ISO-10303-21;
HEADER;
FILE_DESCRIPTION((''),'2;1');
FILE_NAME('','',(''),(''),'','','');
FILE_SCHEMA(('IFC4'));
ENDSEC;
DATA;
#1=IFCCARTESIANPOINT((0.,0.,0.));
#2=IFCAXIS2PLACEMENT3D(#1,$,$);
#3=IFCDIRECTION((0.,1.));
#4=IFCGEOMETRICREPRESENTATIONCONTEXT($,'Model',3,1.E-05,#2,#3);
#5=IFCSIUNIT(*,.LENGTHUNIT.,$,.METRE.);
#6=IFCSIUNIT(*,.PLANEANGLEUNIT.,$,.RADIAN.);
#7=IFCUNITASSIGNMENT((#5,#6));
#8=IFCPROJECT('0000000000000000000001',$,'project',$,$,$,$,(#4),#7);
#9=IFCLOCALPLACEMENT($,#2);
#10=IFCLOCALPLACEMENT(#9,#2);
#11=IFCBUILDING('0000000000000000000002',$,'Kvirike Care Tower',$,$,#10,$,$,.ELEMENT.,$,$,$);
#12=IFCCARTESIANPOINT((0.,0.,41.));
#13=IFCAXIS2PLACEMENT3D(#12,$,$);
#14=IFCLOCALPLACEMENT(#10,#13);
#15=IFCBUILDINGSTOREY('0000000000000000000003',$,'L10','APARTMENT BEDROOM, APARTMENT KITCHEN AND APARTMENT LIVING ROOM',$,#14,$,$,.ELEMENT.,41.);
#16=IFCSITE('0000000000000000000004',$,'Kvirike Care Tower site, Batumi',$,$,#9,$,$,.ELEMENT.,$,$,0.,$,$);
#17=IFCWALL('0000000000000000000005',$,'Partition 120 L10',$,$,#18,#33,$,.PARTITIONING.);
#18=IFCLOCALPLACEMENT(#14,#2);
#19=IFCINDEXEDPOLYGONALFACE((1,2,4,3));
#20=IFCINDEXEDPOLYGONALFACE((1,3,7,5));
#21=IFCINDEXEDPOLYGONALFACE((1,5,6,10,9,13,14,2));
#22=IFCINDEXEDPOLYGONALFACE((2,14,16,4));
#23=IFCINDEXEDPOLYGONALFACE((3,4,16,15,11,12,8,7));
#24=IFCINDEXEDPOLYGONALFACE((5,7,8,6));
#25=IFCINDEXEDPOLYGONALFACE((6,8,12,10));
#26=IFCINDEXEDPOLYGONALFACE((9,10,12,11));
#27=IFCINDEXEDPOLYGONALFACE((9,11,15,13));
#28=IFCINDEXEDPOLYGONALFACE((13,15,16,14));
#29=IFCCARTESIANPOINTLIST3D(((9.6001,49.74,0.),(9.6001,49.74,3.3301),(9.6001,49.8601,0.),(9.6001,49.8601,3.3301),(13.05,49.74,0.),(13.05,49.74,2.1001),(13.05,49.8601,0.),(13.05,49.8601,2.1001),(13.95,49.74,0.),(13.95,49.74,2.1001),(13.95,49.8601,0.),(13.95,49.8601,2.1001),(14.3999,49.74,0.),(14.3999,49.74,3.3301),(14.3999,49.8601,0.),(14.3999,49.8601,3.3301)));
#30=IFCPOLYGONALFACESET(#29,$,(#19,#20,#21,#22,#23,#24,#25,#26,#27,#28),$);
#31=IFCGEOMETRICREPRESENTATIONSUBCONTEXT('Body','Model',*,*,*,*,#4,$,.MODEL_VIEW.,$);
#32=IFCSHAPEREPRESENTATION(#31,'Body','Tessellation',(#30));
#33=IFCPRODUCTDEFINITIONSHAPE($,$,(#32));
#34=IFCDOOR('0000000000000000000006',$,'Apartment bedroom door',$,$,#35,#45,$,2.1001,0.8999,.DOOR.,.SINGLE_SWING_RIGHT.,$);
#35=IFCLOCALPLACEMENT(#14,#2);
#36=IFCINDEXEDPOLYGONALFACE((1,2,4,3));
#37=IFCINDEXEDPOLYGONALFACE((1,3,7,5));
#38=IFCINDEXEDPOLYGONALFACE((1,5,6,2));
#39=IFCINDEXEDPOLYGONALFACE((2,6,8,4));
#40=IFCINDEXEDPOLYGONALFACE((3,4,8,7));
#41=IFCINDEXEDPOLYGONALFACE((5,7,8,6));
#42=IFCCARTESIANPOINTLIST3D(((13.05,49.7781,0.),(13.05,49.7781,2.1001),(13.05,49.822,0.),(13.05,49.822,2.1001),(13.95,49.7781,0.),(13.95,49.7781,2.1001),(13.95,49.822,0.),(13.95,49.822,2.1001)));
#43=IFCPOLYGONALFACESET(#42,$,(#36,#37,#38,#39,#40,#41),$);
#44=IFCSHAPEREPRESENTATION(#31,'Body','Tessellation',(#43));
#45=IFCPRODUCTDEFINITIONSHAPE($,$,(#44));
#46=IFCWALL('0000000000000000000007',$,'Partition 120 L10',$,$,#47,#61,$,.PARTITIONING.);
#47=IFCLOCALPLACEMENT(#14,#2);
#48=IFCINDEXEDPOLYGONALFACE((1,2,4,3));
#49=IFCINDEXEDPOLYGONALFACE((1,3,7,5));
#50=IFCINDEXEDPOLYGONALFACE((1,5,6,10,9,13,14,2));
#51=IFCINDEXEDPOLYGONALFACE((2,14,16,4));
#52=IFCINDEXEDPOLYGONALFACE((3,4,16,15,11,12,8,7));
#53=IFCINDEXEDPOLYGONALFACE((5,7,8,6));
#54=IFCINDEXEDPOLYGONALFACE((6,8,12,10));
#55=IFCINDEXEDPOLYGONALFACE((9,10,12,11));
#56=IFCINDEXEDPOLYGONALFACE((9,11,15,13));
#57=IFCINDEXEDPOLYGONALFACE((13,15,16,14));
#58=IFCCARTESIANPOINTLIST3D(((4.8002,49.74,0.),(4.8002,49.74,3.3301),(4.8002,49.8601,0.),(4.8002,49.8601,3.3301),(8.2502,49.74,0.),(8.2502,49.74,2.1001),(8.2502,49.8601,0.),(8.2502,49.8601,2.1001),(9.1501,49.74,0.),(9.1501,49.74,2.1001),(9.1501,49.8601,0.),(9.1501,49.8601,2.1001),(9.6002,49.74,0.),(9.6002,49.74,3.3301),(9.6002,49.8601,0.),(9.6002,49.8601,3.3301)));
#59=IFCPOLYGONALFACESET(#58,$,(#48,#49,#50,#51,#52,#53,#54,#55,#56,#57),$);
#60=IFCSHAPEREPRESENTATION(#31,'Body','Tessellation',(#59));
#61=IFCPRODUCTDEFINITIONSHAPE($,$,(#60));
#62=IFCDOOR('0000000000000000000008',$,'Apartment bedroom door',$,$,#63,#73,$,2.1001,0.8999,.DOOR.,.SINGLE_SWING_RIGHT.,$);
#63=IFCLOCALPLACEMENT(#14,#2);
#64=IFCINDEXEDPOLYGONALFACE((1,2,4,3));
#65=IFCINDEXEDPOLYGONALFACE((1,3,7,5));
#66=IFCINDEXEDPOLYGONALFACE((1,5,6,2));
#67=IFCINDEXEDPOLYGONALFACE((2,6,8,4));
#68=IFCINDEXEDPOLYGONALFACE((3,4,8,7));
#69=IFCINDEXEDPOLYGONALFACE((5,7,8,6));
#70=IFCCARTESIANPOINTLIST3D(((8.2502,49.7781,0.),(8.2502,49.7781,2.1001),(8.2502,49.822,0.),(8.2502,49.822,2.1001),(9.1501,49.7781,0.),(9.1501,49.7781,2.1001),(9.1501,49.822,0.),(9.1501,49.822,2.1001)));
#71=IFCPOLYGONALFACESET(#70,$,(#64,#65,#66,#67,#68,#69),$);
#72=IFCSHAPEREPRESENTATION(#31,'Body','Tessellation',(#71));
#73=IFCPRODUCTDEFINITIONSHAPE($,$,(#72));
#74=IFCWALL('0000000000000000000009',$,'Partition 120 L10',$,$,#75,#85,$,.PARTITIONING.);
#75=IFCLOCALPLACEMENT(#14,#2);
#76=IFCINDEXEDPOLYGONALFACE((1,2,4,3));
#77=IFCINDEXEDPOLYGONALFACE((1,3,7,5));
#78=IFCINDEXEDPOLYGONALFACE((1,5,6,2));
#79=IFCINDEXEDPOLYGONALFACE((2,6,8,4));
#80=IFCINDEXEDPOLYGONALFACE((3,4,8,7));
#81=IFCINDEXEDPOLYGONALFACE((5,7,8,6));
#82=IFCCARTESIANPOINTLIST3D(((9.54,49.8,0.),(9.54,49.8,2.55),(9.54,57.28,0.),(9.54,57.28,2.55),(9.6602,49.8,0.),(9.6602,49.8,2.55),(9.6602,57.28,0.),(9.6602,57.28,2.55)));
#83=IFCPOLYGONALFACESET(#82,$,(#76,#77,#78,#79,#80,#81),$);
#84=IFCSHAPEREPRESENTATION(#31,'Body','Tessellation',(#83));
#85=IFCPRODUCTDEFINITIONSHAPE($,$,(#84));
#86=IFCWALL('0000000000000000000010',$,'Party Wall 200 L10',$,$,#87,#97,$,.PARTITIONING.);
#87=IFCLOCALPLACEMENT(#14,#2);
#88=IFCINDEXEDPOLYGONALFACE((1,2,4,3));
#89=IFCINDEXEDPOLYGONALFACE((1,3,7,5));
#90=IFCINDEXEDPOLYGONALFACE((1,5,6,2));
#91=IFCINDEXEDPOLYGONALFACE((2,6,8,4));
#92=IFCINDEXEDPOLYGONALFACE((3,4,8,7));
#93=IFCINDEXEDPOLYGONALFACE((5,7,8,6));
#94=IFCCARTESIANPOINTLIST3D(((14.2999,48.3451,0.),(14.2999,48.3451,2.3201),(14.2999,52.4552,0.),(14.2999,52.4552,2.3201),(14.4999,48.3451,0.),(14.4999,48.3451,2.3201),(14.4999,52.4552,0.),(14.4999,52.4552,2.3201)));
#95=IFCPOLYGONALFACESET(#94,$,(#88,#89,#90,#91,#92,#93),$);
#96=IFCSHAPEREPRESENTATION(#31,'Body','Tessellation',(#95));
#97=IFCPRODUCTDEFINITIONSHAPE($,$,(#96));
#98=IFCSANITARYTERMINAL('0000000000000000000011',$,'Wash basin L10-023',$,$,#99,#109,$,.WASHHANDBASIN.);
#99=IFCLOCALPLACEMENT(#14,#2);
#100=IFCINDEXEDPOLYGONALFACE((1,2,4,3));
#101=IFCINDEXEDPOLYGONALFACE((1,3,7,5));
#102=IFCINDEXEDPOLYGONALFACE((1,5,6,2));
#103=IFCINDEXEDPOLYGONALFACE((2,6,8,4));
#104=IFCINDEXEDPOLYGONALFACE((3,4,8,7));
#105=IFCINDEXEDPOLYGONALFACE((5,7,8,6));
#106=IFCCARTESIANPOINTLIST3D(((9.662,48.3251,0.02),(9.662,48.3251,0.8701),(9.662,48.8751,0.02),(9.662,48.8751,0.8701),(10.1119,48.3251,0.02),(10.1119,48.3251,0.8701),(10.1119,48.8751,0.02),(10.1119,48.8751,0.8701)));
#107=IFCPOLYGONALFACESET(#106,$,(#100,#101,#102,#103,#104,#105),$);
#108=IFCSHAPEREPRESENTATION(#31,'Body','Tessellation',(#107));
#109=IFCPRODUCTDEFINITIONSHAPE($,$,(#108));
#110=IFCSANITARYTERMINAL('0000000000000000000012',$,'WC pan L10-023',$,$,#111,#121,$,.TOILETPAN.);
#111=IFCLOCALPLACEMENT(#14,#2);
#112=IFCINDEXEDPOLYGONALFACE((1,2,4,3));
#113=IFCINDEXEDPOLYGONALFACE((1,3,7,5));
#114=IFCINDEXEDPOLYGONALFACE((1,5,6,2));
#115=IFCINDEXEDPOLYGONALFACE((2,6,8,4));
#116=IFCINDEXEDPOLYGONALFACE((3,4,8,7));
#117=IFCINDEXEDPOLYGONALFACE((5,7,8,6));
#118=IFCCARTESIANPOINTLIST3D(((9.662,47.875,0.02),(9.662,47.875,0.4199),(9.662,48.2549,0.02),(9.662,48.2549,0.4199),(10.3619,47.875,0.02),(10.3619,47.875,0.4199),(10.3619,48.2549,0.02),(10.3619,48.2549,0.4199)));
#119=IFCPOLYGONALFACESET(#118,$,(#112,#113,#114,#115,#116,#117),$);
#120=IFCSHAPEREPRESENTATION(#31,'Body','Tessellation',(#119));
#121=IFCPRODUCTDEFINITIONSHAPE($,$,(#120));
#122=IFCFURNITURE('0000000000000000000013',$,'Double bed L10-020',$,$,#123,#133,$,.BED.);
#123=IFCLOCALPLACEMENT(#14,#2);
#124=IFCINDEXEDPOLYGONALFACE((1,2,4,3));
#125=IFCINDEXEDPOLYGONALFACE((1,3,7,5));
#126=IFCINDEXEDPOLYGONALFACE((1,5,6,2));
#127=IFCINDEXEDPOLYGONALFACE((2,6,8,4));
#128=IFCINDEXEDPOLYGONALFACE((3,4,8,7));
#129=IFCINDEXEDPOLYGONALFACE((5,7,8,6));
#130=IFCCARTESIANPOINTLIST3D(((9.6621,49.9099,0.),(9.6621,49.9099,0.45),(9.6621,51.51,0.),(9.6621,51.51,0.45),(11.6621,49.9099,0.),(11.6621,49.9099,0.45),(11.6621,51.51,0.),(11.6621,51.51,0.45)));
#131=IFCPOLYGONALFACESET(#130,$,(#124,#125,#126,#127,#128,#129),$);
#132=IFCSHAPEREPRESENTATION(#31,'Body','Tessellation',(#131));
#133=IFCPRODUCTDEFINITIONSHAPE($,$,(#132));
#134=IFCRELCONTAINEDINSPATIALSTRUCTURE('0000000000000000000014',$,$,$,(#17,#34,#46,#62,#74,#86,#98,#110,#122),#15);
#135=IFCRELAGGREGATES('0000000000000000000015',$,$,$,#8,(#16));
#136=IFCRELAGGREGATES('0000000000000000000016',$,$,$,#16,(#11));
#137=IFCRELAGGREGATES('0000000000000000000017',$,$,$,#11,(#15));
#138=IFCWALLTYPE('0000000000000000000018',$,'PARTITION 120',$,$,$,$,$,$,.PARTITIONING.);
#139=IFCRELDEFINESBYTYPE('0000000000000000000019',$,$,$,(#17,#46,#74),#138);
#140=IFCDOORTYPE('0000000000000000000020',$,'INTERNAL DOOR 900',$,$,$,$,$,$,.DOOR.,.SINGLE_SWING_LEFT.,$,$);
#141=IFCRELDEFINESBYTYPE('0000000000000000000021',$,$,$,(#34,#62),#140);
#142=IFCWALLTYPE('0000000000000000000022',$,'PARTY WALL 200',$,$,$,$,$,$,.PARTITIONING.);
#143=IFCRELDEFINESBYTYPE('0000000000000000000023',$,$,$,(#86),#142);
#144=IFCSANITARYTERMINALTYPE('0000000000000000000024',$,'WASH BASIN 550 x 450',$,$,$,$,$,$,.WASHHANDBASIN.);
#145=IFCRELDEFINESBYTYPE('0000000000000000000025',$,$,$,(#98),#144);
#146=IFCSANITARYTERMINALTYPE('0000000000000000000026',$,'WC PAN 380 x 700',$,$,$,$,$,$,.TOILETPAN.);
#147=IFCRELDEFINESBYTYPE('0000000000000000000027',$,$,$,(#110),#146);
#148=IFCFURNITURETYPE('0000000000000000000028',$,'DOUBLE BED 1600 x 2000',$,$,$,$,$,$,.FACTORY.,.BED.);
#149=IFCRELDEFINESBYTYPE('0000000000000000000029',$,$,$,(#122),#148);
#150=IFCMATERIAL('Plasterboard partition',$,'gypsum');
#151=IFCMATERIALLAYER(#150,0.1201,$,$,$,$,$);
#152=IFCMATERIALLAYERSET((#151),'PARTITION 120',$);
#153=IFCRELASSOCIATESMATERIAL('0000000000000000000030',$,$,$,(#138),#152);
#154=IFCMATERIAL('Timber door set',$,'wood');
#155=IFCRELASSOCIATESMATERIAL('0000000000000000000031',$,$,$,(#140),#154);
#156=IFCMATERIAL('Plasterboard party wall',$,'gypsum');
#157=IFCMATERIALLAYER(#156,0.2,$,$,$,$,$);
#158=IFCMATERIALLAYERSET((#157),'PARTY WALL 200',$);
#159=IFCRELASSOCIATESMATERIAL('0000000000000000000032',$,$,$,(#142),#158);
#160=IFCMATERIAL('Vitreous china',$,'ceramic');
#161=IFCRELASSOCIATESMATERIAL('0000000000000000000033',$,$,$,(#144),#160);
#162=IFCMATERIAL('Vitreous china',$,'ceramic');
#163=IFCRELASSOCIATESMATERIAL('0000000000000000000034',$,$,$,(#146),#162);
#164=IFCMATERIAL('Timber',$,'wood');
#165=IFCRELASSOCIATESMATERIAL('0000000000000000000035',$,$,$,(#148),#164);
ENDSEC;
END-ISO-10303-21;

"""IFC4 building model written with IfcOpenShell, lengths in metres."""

from ifc_helpers import new_model, si_unit, direction, frame, frame_2d, origin, origin_2d, place, context, subcontext, project, spatial, rectangle, extrude, material, layer, layer_set, type_object, element, fill, save


model = new_model("IFC4")

# Units and contexts
model_context = context("Model", 3, precision=1e-05, world=origin(), true_north=direction((0.0, 1.0)))
body_context = subcontext(model_context, "Body", "Model", "MODEL_VIEW")
ifc_project = project(units=[si_unit("LENGTHUNIT", "METRE"), si_unit("PLANEANGLEUNIT", "RADIAN")], contexts=[model_context])

# Site, building, storey
site_placement = place(None, origin())
site = spatial("IfcSite", under=ifc_project, at=site_placement, Name="Kvirike Care Tower site, Batumi", CompositionType="ELEMENT", RefElevation=0.0)
building_placement = place(site_placement, origin())
building = spatial("IfcBuilding", under=site, at=building_placement, Name="Kvirike Care Tower", CompositionType="ELEMENT")
storey_placement = place(building_placement, frame((0.0, 0.0, 41.0)))
storey = spatial("IfcBuildingStorey", under=building, at=storey_placement, Name="L10", Description="APARTMENT BEDROOM, APARTMENT KITCHEN AND APARTMENT LIVING ROOM", CompositionType="ELEMENT", Elevation=41.0)

# Walls, openings, doors
ifc_material_1 = material(Name="Plasterboard partition", Category="gypsum")
ifc_layer_1 = layer(ifc_material_1, 0.1201)
ifc_layer_set_1 = layer_set([ifc_layer_1], Name="PARTITION 120")
wall_type_1 = type_object("IfcWallType", Name="PARTITION 120", PredefinedType="PARTITIONING", material=ifc_layer_set_1)
wall_1_placement = place(storey_placement, frame((14.3999, 49.8, 0.0), z_axis=(0.0, 0.0, 1.0), x_axis=(-1.0, 0.0, 0.0)))
wall_1 = element("IfcWall", 1, at=wall_1_placement, inside=storey, type_object=wall_type_1, Name="Partition 120 L10", PredefinedType="PARTITIONING", context=body_context, shape_type="SweptSolid", body=[
    extrude(rectangle(XDim=4.7998, YDim=0.1201, at=frame_2d((2.3999, 0.0))), origin(), (0.0, 0.0, 1.0), 3.3301),
])
opening_1_placement = place(wall_1_placement, frame((0.45, 0.0, 0.0)))
opening_1 = element("IfcOpeningElement", 2, at=opening_1_placement, cuts=wall_1, PredefinedType="OPENING", context=body_context, shape_type="SweptSolid", body=[
    extrude(rectangle(XDim=0.8999, YDim=2.1001, at=frame_2d((0.45, 1.05))), frame((0.0, 0.0706, 0.0), z_axis=(0.0, -1.0, 0.0), x_axis=(1.0, 0.0, 0.0)), (0.0, 0.0, 1.0), 0.1411),
])
ifc_material_2 = material(Name="Timber door set", Category="wood")
door_type_1 = type_object("IfcDoorType", Name="INTERNAL DOOR 900", OperationType="SINGLE_SWING_LEFT", PredefinedType="DOOR", material=ifc_material_2)
door_1_placement = place(opening_1_placement, origin())
door_1 = element("IfcDoor", 3, at=door_1_placement, inside=storey, type_object=door_type_1, Name="Apartment bedroom door", OperationType="SINGLE_SWING_RIGHT", OverallHeight=2.1001, OverallWidth=0.8999, PredefinedType="DOOR", context=body_context, shape_type="SweptSolid", body=[
    extrude(rectangle(XDim=0.8999, YDim=2.1001, at=frame_2d((0.45, 1.05))), frame((0.0, 0.022, 0.0), z_axis=(0.0, -1.0, 0.0), x_axis=(1.0, 0.0, 0.0)), (0.0, 0.0, 1.0), 0.0439),
])
fill(opening_1, door_1)
wall_2_placement = place(storey_placement, frame((9.6001, 49.8, 0.0), z_axis=(0.0, 0.0, 1.0), x_axis=(-1.0, 0.0, 0.0)))
wall_2 = element("IfcWall", 4, at=wall_2_placement, inside=storey, type_object=wall_type_1, Name="Partition 120 L10", PredefinedType="PARTITIONING", context=body_context, shape_type="SweptSolid", body=[
    extrude(rectangle(XDim=4.8, YDim=0.1201, at=frame_2d((2.3999, 0.0))), origin(), (0.0, 0.0, 1.0), 3.3301),
])
opening_2_placement = place(wall_2_placement, frame((0.45, 0.0, 0.0)))
opening_2 = element("IfcOpeningElement", 5, at=opening_2_placement, cuts=wall_2, PredefinedType="OPENING", context=body_context, shape_type="SweptSolid", body=[
    extrude(rectangle(XDim=0.8999, YDim=2.1001, at=frame_2d((0.45, 1.05))), frame((0.0, 0.0706, 0.0), z_axis=(0.0, -1.0, 0.0), x_axis=(1.0, 0.0, 0.0)), (0.0, 0.0, 1.0), 0.1411),
])
door_2_placement = place(opening_2_placement, origin())
door_2 = element("IfcDoor", 6, at=door_2_placement, inside=storey, type_object=door_type_1, Name="Apartment bedroom door", OperationType="SINGLE_SWING_RIGHT", OverallHeight=2.1001, OverallWidth=0.8999, PredefinedType="DOOR", context=body_context, shape_type="SweptSolid", body=[
    extrude(rectangle(XDim=0.8999, YDim=2.1001, at=frame_2d((0.45, 1.05))), frame((0.0, 0.022, 0.0), z_axis=(0.0, -1.0, 0.0), x_axis=(1.0, 0.0, 0.0)), (0.0, 0.0, 1.0), 0.0439),
])
fill(opening_2, door_2)

# Walls
wall_3_placement = place(storey_placement, frame((9.6001, 57.28, 0.0), z_axis=(0.0, 0.0, 1.0), x_axis=(0.0, -1.0, 0.0)))
element("IfcWall", 7, at=wall_3_placement, inside=storey, type_object=wall_type_1, Name="Partition 120 L10", PredefinedType="PARTITIONING", context=body_context, shape_type="SweptSolid", body=[
    extrude(rectangle(XDim=7.48, YDim=0.1201, at=frame_2d((3.74, 0.0))), origin(), (0.0, 0.0, 1.0), 2.55),
])
ifc_material_3 = material(Name="Plasterboard party wall", Category="gypsum")
ifc_layer_2 = layer(ifc_material_3, 0.2)
ifc_layer_set_2 = layer_set([ifc_layer_2], Name="PARTY WALL 200")
wall_type_2 = type_object("IfcWallType", Name="PARTY WALL 200", PredefinedType="PARTITIONING", material=ifc_layer_set_2)
wall_4_placement = place(storey_placement, frame((14.3999, 48.345, 0.0), z_axis=(0.0, 0.0, 1.0), x_axis=(0.0, 1.0, 0.0)))
element("IfcWall", 8, at=wall_4_placement, inside=storey, type_object=wall_type_2, Name="Party Wall 200 L10", PredefinedType="PARTITIONING", context=body_context, shape_type="SweptSolid", body=[
    extrude(rectangle(XDim=4.1101, YDim=0.2, at=frame_2d((2.0552, 0.0))), origin(), (0.0, 0.0, 1.0), 2.3201),
])

# Sanitary terminals
ifc_material_4 = material(Name="Vitreous china", Category="ceramic")
sanitary_terminal_type_1 = type_object("IfcSanitaryTerminalType", Name="WASH BASIN 550 x 450", PredefinedType="WASHHANDBASIN", material=ifc_material_4)
sanitary_terminal_1_placement = place(storey_placement, frame((9.887, 48.6001, 0.02), z_axis=(0.0, 0.0, 1.0), x_axis=(0.0, 1.0, 0.0)))
element("IfcSanitaryTerminal", 9, at=sanitary_terminal_1_placement, inside=storey, type_object=sanitary_terminal_type_1, Name="Wash basin L10-023", PredefinedType="WASHHANDBASIN", context=body_context, shape_type="SweptSolid", body=[
    extrude(rectangle(XDim=0.55, YDim=0.45, at=origin_2d()), origin(), (0.0, 0.0, 1.0), 0.8501),
])
ifc_material_5 = material(Name="Vitreous china", Category="ceramic")
sanitary_terminal_type_2 = type_object("IfcSanitaryTerminalType", Name="WC PAN 380 x 700", PredefinedType="TOILETPAN", material=ifc_material_5)
sanitary_terminal_2_placement = place(storey_placement, frame((10.012, 48.0649, 0.02), z_axis=(0.0, 0.0, 1.0), x_axis=(0.0, 1.0, 0.0)))
element("IfcSanitaryTerminal", 10, at=sanitary_terminal_2_placement, inside=storey, type_object=sanitary_terminal_type_2, Name="WC pan L10-023", PredefinedType="TOILETPAN", context=body_context, shape_type="SweptSolid", body=[
    extrude(rectangle(XDim=0.3799, YDim=0.7, at=origin_2d()), origin(), (0.0, 0.0, 1.0), 0.3999),
])

# Furniture
ifc_material_6 = material(Name="Timber", Category="wood")
furniture_type = type_object("IfcFurnitureType", Name="DOUBLE BED 1600 x 2000", AssemblyPlace="FACTORY", PredefinedType="BED", material=ifc_material_6)
furniture_placement = place(storey_placement, frame((10.6621, 50.71, 0.0), z_axis=(0.0, 0.0, 1.0), x_axis=(0.0, 1.0, 0.0)))
element("IfcFurniture", 11, at=furniture_placement, inside=storey, type_object=furniture_type, Name="Double bed L10-020", PredefinedType="BED", context=body_context, shape_type="SweptSolid", body=[
    extrude(rectangle(XDim=1.6001, YDim=2.0, at=origin_2d()), origin(), (0.0, 0.0, 1.0), 0.45),
])

save(model, "model.ifc")
